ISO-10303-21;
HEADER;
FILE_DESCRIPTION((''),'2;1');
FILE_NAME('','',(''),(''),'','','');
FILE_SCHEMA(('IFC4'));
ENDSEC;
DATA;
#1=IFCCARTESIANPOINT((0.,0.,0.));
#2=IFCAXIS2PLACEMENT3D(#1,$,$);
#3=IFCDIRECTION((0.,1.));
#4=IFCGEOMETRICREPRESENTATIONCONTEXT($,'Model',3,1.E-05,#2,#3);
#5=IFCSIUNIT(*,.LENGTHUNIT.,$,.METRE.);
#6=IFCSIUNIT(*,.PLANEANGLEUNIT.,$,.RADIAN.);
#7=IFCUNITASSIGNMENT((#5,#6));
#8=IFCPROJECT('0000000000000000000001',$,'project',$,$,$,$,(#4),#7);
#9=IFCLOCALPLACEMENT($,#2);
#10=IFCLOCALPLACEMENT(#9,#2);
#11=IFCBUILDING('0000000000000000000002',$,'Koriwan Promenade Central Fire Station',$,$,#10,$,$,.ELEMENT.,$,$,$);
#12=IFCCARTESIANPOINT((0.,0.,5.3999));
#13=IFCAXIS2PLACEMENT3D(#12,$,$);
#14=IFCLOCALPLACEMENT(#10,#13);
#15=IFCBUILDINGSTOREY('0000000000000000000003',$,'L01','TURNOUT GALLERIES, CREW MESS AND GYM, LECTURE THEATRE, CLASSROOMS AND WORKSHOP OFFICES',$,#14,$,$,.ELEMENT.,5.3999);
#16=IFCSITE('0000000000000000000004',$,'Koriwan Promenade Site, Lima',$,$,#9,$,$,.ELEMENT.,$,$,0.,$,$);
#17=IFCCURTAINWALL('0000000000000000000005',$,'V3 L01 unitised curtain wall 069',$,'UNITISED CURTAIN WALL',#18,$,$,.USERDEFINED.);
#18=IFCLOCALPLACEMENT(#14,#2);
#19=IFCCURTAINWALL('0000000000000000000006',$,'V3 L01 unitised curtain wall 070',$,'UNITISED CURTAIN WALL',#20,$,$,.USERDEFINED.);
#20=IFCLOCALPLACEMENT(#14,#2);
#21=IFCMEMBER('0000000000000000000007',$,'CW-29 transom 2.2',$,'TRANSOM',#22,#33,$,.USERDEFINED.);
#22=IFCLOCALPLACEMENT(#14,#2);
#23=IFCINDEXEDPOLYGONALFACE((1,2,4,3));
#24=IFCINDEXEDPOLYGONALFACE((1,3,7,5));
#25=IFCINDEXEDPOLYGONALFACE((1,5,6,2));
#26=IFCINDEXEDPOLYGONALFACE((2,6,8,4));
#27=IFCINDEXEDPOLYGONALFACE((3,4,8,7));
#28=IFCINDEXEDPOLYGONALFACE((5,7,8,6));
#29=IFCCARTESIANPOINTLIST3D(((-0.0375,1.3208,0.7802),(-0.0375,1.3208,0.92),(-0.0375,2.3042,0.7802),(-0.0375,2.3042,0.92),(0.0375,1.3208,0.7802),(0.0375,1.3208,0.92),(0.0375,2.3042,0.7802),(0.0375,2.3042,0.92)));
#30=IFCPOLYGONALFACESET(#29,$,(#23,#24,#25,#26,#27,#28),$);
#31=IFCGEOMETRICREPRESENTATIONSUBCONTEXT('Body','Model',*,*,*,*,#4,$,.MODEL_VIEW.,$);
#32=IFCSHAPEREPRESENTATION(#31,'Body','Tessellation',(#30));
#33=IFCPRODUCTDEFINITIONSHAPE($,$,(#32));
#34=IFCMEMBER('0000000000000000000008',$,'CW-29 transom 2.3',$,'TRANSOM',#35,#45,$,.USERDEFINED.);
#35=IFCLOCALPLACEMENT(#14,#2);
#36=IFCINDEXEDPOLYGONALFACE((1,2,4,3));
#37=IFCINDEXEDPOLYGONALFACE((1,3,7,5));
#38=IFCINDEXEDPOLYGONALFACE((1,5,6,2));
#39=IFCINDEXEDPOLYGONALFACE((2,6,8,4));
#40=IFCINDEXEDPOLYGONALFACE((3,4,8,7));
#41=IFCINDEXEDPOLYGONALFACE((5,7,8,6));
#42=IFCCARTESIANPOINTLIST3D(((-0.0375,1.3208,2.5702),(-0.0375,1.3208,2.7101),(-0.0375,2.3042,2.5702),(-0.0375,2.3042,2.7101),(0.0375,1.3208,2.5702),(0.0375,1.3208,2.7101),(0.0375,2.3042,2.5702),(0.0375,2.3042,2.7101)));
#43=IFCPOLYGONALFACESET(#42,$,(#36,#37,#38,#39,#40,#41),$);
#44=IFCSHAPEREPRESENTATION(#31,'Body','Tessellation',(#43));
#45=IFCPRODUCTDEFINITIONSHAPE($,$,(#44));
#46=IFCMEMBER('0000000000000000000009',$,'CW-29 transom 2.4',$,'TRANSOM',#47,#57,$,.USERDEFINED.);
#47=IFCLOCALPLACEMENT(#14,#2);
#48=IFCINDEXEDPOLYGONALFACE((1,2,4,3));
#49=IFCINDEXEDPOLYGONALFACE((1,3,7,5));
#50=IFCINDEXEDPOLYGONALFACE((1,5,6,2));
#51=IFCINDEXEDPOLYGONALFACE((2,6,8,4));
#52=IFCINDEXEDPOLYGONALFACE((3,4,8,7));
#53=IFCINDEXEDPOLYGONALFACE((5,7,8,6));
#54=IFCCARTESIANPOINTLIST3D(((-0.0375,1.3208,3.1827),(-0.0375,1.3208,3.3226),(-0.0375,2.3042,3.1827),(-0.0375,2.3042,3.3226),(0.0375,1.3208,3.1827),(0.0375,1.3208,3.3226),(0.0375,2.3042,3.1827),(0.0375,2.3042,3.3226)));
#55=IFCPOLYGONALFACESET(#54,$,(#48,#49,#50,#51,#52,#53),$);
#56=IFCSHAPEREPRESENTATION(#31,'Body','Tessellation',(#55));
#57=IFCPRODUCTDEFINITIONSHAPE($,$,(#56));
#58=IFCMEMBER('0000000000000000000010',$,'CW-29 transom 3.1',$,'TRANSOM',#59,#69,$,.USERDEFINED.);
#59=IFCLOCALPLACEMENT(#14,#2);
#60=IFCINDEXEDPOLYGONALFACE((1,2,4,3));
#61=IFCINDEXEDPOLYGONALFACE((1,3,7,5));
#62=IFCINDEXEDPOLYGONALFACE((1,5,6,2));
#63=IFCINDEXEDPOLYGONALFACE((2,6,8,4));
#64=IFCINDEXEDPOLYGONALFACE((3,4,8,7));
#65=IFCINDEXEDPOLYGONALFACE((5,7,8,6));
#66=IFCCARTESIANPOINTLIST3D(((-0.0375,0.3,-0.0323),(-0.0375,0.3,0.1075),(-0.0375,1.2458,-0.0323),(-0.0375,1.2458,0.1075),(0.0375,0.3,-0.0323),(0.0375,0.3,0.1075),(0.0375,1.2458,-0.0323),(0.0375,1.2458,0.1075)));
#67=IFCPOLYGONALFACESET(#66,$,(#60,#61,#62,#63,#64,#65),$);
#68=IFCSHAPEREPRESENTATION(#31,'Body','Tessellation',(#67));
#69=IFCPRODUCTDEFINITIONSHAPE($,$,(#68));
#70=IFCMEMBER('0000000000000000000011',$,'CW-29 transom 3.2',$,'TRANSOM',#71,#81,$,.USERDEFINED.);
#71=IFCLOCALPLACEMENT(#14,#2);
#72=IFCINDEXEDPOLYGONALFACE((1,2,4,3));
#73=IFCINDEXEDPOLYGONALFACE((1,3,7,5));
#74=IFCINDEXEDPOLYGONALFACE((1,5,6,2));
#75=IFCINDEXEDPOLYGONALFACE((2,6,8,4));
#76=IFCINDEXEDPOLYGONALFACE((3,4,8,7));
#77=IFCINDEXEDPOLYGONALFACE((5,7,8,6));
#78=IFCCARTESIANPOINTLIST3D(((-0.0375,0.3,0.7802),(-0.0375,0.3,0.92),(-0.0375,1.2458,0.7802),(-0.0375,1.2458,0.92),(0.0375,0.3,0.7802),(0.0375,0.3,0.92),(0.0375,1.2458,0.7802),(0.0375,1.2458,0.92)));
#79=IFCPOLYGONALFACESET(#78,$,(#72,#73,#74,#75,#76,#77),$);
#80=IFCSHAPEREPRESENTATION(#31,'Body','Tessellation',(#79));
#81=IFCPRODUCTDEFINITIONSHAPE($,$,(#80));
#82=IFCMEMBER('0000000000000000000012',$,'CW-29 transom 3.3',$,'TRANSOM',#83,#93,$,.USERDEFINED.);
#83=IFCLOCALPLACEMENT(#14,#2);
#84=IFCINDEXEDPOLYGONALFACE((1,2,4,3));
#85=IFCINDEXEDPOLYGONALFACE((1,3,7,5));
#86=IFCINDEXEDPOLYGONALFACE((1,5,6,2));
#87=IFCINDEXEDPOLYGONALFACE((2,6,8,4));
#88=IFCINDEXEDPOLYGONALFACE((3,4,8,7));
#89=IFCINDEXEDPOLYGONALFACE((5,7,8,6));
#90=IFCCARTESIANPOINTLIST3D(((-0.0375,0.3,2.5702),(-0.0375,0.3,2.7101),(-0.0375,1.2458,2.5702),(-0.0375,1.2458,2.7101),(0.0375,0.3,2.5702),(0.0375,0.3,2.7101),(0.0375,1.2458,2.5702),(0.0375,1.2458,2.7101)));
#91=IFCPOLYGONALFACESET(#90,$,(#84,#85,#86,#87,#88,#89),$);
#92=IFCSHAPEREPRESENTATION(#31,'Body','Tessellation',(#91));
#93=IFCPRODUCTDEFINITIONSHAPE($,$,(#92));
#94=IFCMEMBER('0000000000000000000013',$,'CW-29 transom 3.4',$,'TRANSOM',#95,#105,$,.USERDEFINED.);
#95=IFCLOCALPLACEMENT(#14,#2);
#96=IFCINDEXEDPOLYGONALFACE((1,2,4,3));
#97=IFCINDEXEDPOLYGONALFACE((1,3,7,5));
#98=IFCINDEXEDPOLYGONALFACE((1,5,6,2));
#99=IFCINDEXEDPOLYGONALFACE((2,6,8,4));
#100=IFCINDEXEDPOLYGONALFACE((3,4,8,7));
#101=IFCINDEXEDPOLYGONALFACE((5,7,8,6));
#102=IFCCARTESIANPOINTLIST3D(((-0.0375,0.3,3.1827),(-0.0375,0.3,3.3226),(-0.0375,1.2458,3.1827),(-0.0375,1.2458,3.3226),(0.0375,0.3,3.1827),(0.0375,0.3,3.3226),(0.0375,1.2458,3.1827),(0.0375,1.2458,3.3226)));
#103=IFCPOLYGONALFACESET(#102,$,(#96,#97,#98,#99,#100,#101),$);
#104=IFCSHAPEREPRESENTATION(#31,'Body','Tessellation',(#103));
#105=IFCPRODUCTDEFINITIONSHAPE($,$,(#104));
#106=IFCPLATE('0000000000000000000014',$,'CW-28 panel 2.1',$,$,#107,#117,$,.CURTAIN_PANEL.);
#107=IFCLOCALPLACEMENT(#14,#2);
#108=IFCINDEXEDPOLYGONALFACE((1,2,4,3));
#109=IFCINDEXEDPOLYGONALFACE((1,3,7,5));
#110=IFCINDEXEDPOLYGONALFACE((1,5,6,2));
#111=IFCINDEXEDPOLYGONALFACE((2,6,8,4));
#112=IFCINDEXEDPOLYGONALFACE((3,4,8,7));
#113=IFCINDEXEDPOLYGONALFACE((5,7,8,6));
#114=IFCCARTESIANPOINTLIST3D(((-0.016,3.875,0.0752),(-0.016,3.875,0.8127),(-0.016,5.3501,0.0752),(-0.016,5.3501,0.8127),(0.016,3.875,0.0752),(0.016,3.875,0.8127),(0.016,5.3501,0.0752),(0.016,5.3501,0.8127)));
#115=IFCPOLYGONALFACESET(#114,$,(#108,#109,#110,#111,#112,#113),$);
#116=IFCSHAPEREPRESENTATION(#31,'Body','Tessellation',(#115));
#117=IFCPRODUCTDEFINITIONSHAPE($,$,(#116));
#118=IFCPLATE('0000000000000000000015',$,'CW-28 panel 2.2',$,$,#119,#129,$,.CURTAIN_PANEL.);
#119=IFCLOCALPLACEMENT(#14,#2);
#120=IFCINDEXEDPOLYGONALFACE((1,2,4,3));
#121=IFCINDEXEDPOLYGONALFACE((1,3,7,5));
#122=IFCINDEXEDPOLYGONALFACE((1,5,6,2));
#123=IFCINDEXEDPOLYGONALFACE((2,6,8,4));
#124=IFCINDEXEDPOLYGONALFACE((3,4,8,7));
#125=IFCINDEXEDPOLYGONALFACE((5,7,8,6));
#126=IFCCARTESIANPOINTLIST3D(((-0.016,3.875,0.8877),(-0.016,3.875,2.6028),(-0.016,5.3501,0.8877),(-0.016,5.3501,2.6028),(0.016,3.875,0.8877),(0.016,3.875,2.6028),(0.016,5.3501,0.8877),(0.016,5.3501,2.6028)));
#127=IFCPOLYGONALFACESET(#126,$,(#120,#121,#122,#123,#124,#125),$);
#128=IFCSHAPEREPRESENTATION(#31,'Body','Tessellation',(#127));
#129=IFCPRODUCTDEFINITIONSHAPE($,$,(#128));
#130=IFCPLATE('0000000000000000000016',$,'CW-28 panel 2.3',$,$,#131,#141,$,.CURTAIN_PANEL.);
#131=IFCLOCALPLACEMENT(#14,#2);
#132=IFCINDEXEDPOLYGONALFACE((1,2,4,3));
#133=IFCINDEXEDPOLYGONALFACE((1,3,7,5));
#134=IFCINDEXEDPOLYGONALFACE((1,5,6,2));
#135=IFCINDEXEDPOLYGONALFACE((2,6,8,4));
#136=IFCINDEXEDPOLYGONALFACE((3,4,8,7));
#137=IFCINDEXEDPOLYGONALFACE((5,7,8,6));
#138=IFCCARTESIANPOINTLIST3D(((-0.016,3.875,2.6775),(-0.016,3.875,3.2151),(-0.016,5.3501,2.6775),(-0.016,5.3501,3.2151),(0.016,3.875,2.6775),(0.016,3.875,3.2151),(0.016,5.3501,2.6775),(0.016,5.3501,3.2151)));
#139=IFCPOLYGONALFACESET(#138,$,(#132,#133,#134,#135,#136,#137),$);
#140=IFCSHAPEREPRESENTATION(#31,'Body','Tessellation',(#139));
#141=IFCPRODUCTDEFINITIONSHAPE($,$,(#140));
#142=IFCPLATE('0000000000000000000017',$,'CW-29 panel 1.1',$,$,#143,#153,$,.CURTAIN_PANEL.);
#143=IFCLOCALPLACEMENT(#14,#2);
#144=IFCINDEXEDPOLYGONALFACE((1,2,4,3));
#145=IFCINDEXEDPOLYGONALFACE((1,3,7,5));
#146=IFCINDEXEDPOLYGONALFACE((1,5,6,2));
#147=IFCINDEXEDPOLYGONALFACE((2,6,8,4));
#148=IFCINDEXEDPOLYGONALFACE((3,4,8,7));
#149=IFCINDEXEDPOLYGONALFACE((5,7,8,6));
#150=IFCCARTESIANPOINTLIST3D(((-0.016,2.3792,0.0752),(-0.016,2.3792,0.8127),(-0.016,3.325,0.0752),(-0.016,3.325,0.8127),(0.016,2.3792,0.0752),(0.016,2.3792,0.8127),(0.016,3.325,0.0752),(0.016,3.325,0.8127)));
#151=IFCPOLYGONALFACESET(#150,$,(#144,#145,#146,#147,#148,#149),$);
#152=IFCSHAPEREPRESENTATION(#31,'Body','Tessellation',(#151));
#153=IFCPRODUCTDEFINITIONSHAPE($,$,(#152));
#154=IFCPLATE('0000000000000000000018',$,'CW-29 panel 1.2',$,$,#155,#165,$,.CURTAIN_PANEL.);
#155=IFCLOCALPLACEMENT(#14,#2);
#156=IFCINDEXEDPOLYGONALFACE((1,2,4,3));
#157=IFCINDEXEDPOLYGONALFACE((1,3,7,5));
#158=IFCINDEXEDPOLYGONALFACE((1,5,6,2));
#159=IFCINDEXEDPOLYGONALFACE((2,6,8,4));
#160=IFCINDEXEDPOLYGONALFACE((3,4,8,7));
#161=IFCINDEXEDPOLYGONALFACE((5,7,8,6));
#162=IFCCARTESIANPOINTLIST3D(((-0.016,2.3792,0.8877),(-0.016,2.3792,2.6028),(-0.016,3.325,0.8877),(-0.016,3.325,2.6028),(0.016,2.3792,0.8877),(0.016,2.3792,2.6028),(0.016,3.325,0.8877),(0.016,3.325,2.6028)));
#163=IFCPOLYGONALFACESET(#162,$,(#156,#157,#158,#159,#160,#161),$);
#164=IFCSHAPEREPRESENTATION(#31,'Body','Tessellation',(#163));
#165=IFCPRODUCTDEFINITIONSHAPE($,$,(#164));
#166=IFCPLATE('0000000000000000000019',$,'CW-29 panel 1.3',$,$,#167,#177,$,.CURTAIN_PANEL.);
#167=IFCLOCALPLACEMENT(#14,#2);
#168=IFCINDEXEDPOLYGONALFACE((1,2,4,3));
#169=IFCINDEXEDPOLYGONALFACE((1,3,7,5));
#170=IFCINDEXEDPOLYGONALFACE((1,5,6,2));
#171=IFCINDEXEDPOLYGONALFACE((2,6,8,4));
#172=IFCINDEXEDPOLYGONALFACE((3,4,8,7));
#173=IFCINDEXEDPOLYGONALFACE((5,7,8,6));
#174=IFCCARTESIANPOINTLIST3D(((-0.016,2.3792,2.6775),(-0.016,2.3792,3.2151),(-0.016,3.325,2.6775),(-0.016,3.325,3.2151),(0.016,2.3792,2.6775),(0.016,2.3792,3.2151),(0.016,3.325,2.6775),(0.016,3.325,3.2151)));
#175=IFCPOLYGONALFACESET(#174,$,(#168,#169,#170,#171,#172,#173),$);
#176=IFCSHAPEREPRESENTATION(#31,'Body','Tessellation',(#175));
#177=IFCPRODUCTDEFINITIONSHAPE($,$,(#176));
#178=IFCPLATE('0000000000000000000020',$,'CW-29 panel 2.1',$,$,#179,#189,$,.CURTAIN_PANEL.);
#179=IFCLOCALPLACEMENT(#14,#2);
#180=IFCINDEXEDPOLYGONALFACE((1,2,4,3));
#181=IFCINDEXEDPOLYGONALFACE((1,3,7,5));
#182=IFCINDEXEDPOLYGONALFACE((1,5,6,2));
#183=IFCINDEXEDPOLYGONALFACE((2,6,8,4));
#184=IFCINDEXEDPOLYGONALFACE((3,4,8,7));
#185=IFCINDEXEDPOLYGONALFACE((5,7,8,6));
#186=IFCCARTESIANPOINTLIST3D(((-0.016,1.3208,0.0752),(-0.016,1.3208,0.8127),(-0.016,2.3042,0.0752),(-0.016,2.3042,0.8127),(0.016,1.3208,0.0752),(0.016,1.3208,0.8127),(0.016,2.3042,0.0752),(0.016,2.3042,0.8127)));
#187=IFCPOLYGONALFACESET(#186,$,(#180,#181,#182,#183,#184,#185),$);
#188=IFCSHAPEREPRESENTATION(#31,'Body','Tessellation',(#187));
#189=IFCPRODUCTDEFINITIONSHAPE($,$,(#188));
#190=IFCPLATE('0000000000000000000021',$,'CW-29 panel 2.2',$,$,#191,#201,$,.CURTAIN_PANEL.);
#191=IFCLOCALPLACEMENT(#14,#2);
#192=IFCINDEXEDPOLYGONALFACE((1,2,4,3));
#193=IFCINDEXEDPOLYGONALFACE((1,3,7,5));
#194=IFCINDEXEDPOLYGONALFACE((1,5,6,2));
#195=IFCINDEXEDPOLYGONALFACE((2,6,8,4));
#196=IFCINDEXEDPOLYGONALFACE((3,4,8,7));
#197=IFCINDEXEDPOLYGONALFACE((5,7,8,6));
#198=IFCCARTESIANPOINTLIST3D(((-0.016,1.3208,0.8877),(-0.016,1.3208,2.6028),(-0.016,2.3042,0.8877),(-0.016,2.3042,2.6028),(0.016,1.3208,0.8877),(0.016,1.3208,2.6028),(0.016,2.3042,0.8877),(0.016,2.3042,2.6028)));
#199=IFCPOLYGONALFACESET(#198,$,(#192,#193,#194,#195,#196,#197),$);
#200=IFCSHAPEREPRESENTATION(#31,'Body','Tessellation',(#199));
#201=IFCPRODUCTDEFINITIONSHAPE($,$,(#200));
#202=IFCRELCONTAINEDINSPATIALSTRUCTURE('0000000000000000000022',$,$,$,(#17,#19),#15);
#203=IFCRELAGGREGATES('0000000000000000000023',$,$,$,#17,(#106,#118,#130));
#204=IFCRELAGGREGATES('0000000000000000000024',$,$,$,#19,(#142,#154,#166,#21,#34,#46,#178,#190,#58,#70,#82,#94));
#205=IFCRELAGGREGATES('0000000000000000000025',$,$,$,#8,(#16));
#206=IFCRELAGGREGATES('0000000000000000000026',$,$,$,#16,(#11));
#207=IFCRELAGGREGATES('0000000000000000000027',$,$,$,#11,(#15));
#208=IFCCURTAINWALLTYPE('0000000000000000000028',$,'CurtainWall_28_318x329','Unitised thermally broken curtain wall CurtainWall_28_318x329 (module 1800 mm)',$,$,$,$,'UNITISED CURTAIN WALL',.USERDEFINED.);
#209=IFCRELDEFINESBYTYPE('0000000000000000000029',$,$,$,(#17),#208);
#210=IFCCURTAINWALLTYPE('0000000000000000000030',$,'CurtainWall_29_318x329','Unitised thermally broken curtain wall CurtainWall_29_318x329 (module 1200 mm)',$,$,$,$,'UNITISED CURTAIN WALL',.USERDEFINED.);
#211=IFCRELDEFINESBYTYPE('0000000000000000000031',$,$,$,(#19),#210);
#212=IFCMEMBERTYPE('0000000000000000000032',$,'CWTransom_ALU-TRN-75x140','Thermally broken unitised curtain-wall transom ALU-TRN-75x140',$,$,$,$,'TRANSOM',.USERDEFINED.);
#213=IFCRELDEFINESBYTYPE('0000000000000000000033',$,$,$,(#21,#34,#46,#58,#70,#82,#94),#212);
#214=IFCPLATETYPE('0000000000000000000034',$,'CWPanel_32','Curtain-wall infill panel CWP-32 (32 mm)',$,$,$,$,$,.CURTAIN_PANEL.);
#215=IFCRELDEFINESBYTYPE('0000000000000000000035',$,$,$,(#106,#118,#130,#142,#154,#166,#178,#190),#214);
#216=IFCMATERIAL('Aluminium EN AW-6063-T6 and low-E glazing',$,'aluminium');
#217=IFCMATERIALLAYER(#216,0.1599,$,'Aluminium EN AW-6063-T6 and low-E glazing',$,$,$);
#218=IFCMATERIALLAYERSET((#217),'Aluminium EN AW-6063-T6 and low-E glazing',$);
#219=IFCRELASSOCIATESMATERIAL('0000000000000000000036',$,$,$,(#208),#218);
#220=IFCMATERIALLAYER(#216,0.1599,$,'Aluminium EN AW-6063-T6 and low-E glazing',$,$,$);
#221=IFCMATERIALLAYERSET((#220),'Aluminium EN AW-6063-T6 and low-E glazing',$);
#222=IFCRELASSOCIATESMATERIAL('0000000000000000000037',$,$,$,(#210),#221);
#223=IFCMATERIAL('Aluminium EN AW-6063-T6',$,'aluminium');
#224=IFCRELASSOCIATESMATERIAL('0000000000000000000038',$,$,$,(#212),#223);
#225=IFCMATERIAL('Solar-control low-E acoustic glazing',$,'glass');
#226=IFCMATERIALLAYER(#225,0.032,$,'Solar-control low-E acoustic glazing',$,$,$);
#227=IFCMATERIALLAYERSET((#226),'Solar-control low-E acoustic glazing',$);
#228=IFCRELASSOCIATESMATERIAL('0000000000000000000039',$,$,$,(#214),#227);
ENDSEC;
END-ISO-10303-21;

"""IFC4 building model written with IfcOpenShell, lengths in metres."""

from ifc_helpers import new_model, si_unit, direction, frame, origin, origin_2d, place, context, subcontext, project, spatial, rectangle, extrude, material, layer, layer_set, material_profile, profile_set, type_object, element, aggregate, save


model = new_model("IFC4")

# Units and contexts
model_context = context("Model", 3, precision=1e-05, world=origin(), true_north=direction((0.0, 1.0)))
body_context = subcontext(model_context, "Body", "Model", "MODEL_VIEW")
ifc_project = project(units=[si_unit("LENGTHUNIT", "METRE"), si_unit("PLANEANGLEUNIT", "RADIAN")], contexts=[model_context])

# Site, building, storey
site_placement = place(None, origin())
site = spatial("IfcSite", under=ifc_project, at=site_placement, Name="Koriwan Promenade Site, Lima", CompositionType="ELEMENT", RefElevation=0.0)
building_placement = place(site_placement, origin())
building = spatial("IfcBuilding", under=site, at=building_placement, Name="Koriwan Promenade Central Fire Station", CompositionType="ELEMENT")
storey_placement = place(building_placement, frame((0.0, 0.0, 5.3999)))
storey = spatial("IfcBuildingStorey", under=building, at=storey_placement, Name="L01", Description="TURNOUT GALLERIES, CREW MESS AND GYM, LECTURE THEATRE, CLASSROOMS AND WORKSHOP OFFICES", CompositionType="ELEMENT", Elevation=5.3999)

# Curtain wall
ifc_material_1 = material(Name="Aluminium EN AW-6063-T6 and low-E glazing", Category="aluminium")
ifc_layer_1 = layer(ifc_material_1, 0.1599, Name="Aluminium EN AW-6063-T6 and low-E glazing")
ifc_layer_set_1 = layer_set([ifc_layer_1], Name="Aluminium EN AW-6063-T6 and low-E glazing")
curtain_wall_type_1 = type_object("IfcCurtainWallType", Name="CurtainWall_28_318x329", Description="Unitised thermally broken curtain wall CurtainWall_28_318x329 (module 1800 mm)", ElementType="UNITISED CURTAIN WALL", PredefinedType="USERDEFINED", material=ifc_layer_set_1)
curtain_wall_1_placement = place(storey_placement, origin())
curtain_wall_1 = element("IfcCurtainWall", 1, at=curtain_wall_1_placement, inside=storey, type_object=curtain_wall_type_1, Name="V3 L01 unitised curtain wall 069", ObjectType="UNITISED CURTAIN WALL", PredefinedType="USERDEFINED")
ifc_material_2 = material(Name="Aluminium EN AW-6063-T6", Category="aluminium")

# Curtain wall
ifc_layer_2 = layer(ifc_material_1, 0.1599, Name="Aluminium EN AW-6063-T6 and low-E glazing")
ifc_layer_set_2 = layer_set([ifc_layer_2], Name="Aluminium EN AW-6063-T6 and low-E glazing")
curtain_wall_type_2 = type_object("IfcCurtainWallType", Name="CurtainWall_29_318x329", Description="Unitised thermally broken curtain wall CurtainWall_29_318x329 (module 1200 mm)", ElementType="UNITISED CURTAIN WALL", PredefinedType="USERDEFINED", material=ifc_layer_set_2)
curtain_wall_2_placement = place(storey_placement, origin())
curtain_wall_2 = element("IfcCurtainWall", 2, at=curtain_wall_2_placement, inside=storey, type_object=curtain_wall_type_2, Name="V3 L01 unitised curtain wall 070", ObjectType="UNITISED CURTAIN WALL", PredefinedType="USERDEFINED")

# Members
ifc_material_profile_1 = material_profile(ifc_material_2, rectangle(XDim=0.075, YDim=0.1399, at=origin_2d()), Name="ALU-TRN-75x140")
ifc_profile_set_1 = profile_set([ifc_material_profile_1], Name="Aluminium EN AW-6063-T6")
member_type_1 = type_object("IfcMemberType", Name="CWTransom_ALU-TRN-75x140", Description="Thermally broken unitised curtain-wall transom ALU-TRN-75x140", ElementType="TRANSOM", PredefinedType="USERDEFINED", material=ifc_profile_set_1)
member_1_placement = place(storey_placement, frame((0.0, 2.3042, 0.8501), z_axis=(0.0, -1.0, 0.0), x_axis=(1.0, 0.0, 0.0)))
member_1 = element("IfcMember", 3, at=member_1_placement, type_object=member_type_1, Name="CW-29 transom 2.2", ObjectType="TRANSOM", PredefinedType="USERDEFINED", context=body_context, shape_type="SweptSolid", body=[
    extrude(rectangle(XDim=0.075, YDim=0.1399, at=origin_2d()), origin(), (0.0, 0.0, 1.0), 0.9834),
])
member_2_placement = place(storey_placement, frame((0.0, 2.3042, 2.6401), z_axis=(0.0, -1.0, 0.0), x_axis=(1.0, 0.0, 0.0)))
member_2 = element("IfcMember", 4, at=member_2_placement, type_object=member_type_1, Name="CW-29 transom 2.3", ObjectType="TRANSOM", PredefinedType="USERDEFINED", context=body_context, shape_type="SweptSolid", body=[
    extrude(rectangle(XDim=0.075, YDim=0.1399, at=origin_2d()), origin(), (0.0, 0.0, 1.0), 0.9834),
])
member_3_placement = place(storey_placement, frame((0.0, 2.3042, 3.2527), z_axis=(0.0, -1.0, 0.0), x_axis=(1.0, 0.0, 0.0)))
member_3 = element("IfcMember", 5, at=member_3_placement, type_object=member_type_1, Name="CW-29 transom 2.4", ObjectType="TRANSOM", PredefinedType="USERDEFINED", context=body_context, shape_type="SweptSolid", body=[
    extrude(rectangle(XDim=0.075, YDim=0.1399, at=origin_2d()), origin(), (0.0, 0.0, 1.0), 0.9834),
])
member_4_placement = place(storey_placement, frame((0.0, 1.2458, 0.0376), z_axis=(0.0, -1.0, 0.0), x_axis=(1.0, 0.0, 0.0)))
member_4 = element("IfcMember", 6, at=member_4_placement, type_object=member_type_1, Name="CW-29 transom 3.1", ObjectType="TRANSOM", PredefinedType="USERDEFINED", context=body_context, shape_type="SweptSolid", body=[
    extrude(rectangle(XDim=0.075, YDim=0.1399, at=origin_2d()), origin(), (0.0, 0.0, 1.0), 0.9458),
])
member_5_placement = place(storey_placement, frame((0.0, 1.2458, 0.8501), z_axis=(0.0, -1.0, 0.0), x_axis=(1.0, 0.0, 0.0)))
member_5 = element("IfcMember", 7, at=member_5_placement, type_object=member_type_1, Name="CW-29 transom 3.2", ObjectType="TRANSOM", PredefinedType="USERDEFINED", context=body_context, shape_type="SweptSolid", body=[
    extrude(rectangle(XDim=0.075, YDim=0.1399, at=origin_2d()), origin(), (0.0, 0.0, 1.0), 0.9458),
])
member_6_placement = place(storey_placement, frame((0.0, 1.2458, 2.6401), z_axis=(0.0, -1.0, 0.0), x_axis=(1.0, 0.0, 0.0)))
member_6 = element("IfcMember", 8, at=member_6_placement, type_object=member_type_1, Name="CW-29 transom 3.3", ObjectType="TRANSOM", PredefinedType="USERDEFINED", context=body_context, shape_type="SweptSolid", body=[
    extrude(rectangle(XDim=0.075, YDim=0.1399, at=origin_2d()), origin(), (0.0, 0.0, 1.0), 0.9458),
])
member_7_placement = place(storey_placement, frame((0.0, 1.2458, 3.2527), z_axis=(0.0, -1.0, 0.0), x_axis=(1.0, 0.0, 0.0)))
member_7 = element("IfcMember", 9, at=member_7_placement, type_object=member_type_1, Name="CW-29 transom 3.4", ObjectType="TRANSOM", PredefinedType="USERDEFINED", context=body_context, shape_type="SweptSolid", body=[
    extrude(rectangle(XDim=0.075, YDim=0.1399, at=origin_2d()), origin(), (0.0, 0.0, 1.0), 0.9458),
])

# Plates
ifc_material_3 = material(Name="Solar-control low-E acoustic glazing", Category="glass")
ifc_layer_3 = layer(ifc_material_3, 0.032, Name="Solar-control low-E acoustic glazing")
ifc_layer_set_3 = layer_set([ifc_layer_3], Name="Solar-control low-E acoustic glazing")
plate_type = type_object("IfcPlateType", Name="CWPanel_32", Description="Curtain-wall infill panel CWP-32 (32 mm)", PredefinedType="CURTAIN_PANEL", material=ifc_layer_set_3)
plate_1_placement = place(storey_placement, frame((0.0, 4.6125, 0.0752), z_axis=(0.0, 0.0, 1.0), x_axis=(0.0, -1.0, 0.0)))
plate_1 = element("IfcPlate", 10, at=plate_1_placement, type_object=plate_type, Name="CW-28 panel 2.1", PredefinedType="CURTAIN_PANEL", context=body_context, shape_type="SweptSolid", body=[
    extrude(rectangle(XDim=1.4751, YDim=0.032, at=origin_2d()), origin(), (0.0, 0.0, 1.0), 0.7375),
])
plate_2_placement = place(storey_placement, frame((0.0, 4.6125, 0.8877), z_axis=(0.0, 0.0, 1.0), x_axis=(0.0, -1.0, 0.0)))
plate_2 = element("IfcPlate", 11, at=plate_2_placement, type_object=plate_type, Name="CW-28 panel 2.2", PredefinedType="CURTAIN_PANEL", context=body_context, shape_type="SweptSolid", body=[
    extrude(rectangle(XDim=1.4751, YDim=0.032, at=origin_2d()), origin(), (0.0, 0.0, 1.0), 1.7151),
])
plate_3_placement = place(storey_placement, frame((0.0, 4.6125, 2.6775), z_axis=(0.0, 0.0, 1.0), x_axis=(0.0, -1.0, 0.0)))
plate_3 = element("IfcPlate", 12, at=plate_3_placement, type_object=plate_type, Name="CW-28 panel 2.3", PredefinedType="CURTAIN_PANEL", context=body_context, shape_type="SweptSolid", body=[
    extrude(rectangle(XDim=1.4751, YDim=0.032, at=origin_2d()), origin(), (0.0, 0.0, 1.0), 0.5376),
])
aggregate(curtain_wall_1, [plate_1, plate_2, plate_3])
plate_4_placement = place(storey_placement, frame((0.0, 2.8521, 0.0752), z_axis=(0.0, 0.0, 1.0), x_axis=(0.0, -1.0, 0.0)))
plate_4 = element("IfcPlate", 13, at=plate_4_placement, type_object=plate_type, Name="CW-29 panel 1.1", PredefinedType="CURTAIN_PANEL", context=body_context, shape_type="SweptSolid", body=[
    extrude(rectangle(XDim=0.9458, YDim=0.032, at=origin_2d()), origin(), (0.0, 0.0, 1.0), 0.7375),
])
plate_5_placement = place(storey_placement, frame((0.0, 2.8521, 0.8877), z_axis=(0.0, 0.0, 1.0), x_axis=(0.0, -1.0, 0.0)))
plate_5 = element("IfcPlate", 14, at=plate_5_placement, type_object=plate_type, Name="CW-29 panel 1.2", PredefinedType="CURTAIN_PANEL", context=body_context, shape_type="SweptSolid", body=[
    extrude(rectangle(XDim=0.9458, YDim=0.032, at=origin_2d()), origin(), (0.0, 0.0, 1.0), 1.7151),
])
plate_6_placement = place(storey_placement, frame((0.0, 2.8521, 2.6775), z_axis=(0.0, 0.0, 1.0), x_axis=(0.0, -1.0, 0.0)))
plate_6 = element("IfcPlate", 15, at=plate_6_placement, type_object=plate_type, Name="CW-29 panel 1.3", PredefinedType="CURTAIN_PANEL", context=body_context, shape_type="SweptSolid", body=[
    extrude(rectangle(XDim=0.9458, YDim=0.032, at=origin_2d()), origin(), (0.0, 0.0, 1.0), 0.5376),
])
plate_7_placement = place(storey_placement, frame((0.0, 1.8125, 0.0752), z_axis=(0.0, 0.0, 1.0), x_axis=(0.0, -1.0, 0.0)))
plate_7 = element("IfcPlate", 16, at=plate_7_placement, type_object=plate_type, Name="CW-29 panel 2.1", PredefinedType="CURTAIN_PANEL", context=body_context, shape_type="SweptSolid", body=[
    extrude(rectangle(XDim=0.9834, YDim=0.032, at=origin_2d()), origin(), (0.0, 0.0, 1.0), 0.7375),
])
plate_8_placement = place(storey_placement, frame((0.0, 1.8125, 0.8877), z_axis=(0.0, 0.0, 1.0), x_axis=(0.0, -1.0, 0.0)))
plate_8 = element("IfcPlate", 17, at=plate_8_placement, type_object=plate_type, Name="CW-29 panel 2.2", PredefinedType="CURTAIN_PANEL", context=body_context, shape_type="SweptSolid", body=[
    extrude(rectangle(XDim=0.9834, YDim=0.032, at=origin_2d()), origin(), (0.0, 0.0, 1.0), 1.7151),
])
aggregate(curtain_wall_2, [plate_4, plate_5, plate_6, member_1, member_2, member_3, plate_7, plate_8, member_4, member_5, member_6, member_7])

save(model, "model.ifc")
